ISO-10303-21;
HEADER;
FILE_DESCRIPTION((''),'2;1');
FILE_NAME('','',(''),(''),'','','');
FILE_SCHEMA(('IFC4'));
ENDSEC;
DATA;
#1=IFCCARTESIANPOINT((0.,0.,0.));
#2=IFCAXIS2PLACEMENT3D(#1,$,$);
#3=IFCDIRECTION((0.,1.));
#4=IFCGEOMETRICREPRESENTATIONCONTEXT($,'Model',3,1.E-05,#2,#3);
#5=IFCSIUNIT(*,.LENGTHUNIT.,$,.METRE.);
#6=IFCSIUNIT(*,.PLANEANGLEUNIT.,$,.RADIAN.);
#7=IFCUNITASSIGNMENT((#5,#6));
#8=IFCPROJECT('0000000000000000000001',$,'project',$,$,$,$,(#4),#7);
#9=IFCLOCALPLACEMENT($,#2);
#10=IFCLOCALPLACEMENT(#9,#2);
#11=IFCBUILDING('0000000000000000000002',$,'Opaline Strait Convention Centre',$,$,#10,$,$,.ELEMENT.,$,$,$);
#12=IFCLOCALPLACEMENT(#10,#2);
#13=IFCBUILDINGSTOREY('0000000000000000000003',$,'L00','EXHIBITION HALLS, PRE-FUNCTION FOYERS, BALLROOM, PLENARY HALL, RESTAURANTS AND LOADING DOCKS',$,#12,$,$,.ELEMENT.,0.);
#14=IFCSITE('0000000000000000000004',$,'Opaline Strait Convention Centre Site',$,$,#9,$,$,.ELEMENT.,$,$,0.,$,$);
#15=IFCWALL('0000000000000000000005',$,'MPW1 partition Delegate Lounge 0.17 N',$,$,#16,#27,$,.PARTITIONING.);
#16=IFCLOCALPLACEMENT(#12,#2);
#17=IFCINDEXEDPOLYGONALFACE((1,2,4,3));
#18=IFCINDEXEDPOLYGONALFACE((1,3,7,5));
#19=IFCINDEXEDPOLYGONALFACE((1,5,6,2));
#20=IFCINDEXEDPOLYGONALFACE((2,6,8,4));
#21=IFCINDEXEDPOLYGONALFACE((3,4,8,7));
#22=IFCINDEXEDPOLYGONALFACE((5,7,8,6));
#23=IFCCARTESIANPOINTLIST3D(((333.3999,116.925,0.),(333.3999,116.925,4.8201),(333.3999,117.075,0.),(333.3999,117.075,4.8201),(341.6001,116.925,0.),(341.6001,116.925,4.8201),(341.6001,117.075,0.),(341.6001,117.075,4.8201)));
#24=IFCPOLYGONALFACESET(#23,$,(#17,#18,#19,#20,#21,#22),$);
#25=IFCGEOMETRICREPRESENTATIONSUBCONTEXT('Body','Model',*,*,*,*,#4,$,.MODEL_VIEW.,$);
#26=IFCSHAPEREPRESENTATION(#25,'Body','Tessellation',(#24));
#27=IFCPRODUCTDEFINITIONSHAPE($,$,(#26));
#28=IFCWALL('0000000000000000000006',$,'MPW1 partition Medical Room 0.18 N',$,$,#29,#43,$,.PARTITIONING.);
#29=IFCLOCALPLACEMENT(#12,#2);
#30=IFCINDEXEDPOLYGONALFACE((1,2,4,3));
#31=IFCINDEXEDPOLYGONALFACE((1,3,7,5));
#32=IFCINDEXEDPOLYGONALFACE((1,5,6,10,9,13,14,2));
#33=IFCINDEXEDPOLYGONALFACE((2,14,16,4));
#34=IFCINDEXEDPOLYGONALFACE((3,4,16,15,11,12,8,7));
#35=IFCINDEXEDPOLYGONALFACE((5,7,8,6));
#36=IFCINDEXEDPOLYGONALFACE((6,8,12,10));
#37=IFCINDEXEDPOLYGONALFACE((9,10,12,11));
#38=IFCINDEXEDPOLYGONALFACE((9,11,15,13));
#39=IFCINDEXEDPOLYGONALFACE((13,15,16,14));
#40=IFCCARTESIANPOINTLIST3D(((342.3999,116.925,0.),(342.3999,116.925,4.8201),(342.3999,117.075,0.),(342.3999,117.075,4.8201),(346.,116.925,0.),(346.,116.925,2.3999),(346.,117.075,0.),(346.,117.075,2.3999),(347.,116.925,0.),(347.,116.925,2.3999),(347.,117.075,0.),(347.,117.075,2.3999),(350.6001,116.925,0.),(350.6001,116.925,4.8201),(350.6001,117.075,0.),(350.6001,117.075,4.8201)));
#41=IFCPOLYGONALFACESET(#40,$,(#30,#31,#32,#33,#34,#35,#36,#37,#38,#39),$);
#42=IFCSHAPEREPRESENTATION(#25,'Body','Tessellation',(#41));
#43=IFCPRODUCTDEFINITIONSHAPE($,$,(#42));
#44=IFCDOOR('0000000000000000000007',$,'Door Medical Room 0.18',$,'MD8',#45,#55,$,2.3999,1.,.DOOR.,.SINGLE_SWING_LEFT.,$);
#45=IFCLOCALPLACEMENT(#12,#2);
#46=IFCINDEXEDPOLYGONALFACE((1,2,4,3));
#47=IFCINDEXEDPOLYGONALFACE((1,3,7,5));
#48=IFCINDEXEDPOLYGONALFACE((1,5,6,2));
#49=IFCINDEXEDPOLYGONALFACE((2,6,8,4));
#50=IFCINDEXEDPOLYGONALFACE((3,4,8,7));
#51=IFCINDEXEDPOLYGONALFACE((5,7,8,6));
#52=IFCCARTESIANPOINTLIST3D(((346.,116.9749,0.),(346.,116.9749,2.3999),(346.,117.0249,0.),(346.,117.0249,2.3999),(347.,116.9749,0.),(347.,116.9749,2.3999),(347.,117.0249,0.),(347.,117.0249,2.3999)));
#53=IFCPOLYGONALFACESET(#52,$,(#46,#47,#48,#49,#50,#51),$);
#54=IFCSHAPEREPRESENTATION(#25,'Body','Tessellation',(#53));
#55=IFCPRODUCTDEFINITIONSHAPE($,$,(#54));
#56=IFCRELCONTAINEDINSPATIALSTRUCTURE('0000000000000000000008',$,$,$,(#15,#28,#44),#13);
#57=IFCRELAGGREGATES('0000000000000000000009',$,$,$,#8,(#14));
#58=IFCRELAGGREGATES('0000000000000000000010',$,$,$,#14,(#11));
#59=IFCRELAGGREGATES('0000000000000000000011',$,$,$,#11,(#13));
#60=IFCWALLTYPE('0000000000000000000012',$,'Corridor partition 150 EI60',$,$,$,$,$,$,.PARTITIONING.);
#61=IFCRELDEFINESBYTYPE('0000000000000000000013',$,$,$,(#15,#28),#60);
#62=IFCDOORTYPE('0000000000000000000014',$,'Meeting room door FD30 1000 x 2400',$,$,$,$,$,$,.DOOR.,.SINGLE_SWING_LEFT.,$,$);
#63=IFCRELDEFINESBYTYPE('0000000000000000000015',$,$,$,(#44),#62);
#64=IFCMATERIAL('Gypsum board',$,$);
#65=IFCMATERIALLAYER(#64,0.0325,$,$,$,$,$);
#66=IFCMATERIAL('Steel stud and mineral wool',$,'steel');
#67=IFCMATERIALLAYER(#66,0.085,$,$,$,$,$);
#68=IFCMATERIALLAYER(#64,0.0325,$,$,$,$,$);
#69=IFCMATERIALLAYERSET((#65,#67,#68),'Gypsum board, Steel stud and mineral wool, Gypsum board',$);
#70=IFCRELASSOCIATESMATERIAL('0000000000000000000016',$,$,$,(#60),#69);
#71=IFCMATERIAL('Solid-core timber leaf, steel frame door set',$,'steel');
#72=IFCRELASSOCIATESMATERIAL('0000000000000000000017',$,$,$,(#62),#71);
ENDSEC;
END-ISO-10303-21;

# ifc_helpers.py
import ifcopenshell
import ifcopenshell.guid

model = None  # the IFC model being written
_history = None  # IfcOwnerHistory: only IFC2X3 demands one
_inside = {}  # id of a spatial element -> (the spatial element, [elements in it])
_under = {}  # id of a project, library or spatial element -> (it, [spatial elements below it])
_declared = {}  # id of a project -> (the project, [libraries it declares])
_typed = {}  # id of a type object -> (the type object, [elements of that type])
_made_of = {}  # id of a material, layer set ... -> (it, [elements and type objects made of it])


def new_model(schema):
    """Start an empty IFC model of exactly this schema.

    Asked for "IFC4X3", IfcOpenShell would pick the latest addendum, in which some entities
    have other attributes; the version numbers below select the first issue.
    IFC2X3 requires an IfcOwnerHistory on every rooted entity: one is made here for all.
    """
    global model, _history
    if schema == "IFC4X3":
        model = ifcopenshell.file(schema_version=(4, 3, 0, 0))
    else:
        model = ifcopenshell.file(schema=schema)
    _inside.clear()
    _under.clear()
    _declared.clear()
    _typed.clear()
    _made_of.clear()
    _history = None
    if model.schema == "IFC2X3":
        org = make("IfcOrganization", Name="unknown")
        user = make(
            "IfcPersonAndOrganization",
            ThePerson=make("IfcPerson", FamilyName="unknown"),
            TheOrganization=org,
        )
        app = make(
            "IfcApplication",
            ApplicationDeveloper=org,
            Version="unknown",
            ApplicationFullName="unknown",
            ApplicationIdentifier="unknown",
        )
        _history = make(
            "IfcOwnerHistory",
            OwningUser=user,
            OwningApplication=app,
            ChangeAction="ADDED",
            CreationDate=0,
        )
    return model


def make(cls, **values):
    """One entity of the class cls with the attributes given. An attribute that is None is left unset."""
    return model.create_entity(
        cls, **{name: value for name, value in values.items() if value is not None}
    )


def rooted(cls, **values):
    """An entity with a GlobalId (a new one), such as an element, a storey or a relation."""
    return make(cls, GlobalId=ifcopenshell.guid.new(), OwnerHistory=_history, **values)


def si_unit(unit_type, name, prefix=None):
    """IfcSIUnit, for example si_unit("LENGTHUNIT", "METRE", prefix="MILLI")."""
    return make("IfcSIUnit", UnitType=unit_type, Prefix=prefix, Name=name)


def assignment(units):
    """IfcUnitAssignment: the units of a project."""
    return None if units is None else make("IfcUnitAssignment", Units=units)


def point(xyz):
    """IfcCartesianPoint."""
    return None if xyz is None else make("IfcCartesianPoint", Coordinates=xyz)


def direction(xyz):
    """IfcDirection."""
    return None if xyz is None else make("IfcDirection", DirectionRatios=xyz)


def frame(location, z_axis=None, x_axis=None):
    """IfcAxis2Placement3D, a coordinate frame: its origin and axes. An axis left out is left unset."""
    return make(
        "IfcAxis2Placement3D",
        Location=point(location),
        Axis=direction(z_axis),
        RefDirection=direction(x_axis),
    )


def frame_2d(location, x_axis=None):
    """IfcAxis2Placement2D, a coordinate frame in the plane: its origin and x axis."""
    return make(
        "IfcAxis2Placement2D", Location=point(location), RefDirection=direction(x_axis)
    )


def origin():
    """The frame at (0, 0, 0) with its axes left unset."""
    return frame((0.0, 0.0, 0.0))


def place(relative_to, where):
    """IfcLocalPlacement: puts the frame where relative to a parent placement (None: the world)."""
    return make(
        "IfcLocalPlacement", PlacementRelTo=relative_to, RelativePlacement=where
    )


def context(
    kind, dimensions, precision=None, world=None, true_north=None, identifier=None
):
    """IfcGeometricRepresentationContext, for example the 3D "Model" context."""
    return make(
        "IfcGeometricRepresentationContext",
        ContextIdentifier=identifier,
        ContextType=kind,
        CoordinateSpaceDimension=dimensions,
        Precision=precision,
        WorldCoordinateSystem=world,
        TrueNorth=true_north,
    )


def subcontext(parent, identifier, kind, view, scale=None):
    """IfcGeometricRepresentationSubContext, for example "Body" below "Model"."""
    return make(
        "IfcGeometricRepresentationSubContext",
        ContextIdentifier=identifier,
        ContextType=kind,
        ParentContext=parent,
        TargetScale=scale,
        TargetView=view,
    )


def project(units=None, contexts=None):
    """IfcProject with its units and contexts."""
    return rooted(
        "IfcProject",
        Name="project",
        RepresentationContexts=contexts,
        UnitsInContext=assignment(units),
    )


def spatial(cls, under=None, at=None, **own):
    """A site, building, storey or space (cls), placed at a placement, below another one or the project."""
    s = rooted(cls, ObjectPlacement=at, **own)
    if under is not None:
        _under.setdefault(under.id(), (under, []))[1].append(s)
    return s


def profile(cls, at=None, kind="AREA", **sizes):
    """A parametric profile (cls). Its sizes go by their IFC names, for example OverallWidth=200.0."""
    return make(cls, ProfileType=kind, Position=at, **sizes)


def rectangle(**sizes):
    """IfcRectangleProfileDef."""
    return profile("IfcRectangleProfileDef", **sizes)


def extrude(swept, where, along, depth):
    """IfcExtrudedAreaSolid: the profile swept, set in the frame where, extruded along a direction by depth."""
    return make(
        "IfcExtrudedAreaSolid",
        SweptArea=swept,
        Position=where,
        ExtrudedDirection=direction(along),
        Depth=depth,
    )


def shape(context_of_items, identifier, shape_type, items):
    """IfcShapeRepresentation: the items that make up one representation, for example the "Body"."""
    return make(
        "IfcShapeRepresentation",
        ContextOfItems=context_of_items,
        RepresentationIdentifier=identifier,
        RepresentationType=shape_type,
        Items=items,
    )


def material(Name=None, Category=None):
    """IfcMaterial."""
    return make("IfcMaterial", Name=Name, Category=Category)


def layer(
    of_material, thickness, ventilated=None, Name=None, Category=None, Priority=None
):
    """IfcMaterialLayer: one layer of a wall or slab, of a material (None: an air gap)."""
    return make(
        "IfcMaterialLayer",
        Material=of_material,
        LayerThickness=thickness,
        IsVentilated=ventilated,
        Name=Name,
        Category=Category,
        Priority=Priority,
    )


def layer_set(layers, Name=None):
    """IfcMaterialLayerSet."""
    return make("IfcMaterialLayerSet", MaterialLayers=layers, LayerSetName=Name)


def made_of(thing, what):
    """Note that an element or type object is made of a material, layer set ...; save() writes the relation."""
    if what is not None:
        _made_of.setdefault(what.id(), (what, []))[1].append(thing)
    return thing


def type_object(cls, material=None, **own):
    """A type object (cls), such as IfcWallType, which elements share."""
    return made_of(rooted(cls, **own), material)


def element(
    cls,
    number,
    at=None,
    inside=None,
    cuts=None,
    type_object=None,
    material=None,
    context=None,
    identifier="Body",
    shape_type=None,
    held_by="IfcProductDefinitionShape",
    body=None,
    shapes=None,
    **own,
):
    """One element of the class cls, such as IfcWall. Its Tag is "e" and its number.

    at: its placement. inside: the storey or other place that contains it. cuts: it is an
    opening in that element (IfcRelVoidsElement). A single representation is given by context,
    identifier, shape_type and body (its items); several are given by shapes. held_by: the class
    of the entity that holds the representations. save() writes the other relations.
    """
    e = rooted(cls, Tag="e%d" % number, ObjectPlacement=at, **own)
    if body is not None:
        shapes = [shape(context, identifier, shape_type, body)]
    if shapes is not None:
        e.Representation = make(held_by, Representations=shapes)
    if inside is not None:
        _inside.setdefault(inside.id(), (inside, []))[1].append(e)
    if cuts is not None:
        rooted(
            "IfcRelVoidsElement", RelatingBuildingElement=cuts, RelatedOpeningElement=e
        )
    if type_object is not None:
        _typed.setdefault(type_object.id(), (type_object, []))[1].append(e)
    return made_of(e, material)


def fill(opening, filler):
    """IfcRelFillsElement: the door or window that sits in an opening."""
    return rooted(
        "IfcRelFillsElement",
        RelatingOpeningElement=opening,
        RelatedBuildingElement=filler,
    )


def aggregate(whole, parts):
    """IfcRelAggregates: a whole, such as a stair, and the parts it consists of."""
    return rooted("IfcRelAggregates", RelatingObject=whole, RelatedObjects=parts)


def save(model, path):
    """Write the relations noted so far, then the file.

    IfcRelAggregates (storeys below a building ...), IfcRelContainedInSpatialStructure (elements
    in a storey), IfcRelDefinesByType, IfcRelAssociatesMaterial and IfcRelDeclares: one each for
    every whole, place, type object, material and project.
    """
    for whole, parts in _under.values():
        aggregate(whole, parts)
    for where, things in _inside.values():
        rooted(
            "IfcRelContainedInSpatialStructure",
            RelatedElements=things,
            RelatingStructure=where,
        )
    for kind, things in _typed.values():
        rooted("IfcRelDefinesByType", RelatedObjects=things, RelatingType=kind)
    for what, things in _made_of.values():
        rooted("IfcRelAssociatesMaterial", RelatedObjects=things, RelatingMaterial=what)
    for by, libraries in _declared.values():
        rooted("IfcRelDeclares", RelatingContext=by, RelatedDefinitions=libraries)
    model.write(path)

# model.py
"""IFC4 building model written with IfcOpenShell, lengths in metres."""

from ifc_helpers import new_model, si_unit, direction, frame, frame_2d, origin, place, context, subcontext, project, spatial, rectangle, extrude, material, layer, layer_set, type_object, element, fill, save


model = new_model("IFC4")

# Units and contexts
model_context = context("Model", 3, precision=1e-05, world=origin(), true_north=direction((0.0, 1.0)))
body_context = subcontext(model_context, "Body", "Model", "MODEL_VIEW")
ifc_project = project(units=[si_unit("LENGTHUNIT", "METRE"), si_unit("PLANEANGLEUNIT", "RADIAN")], contexts=[model_context])

# Site, building, storey
site_placement = place(None, origin())
site = spatial("IfcSite", under=ifc_project, at=site_placement, Name="Opaline Strait Convention Centre Site", CompositionType="ELEMENT", RefElevation=0.0)
building_placement = place(site_placement, origin())
building = spatial("IfcBuilding", under=site, at=building_placement, Name="Opaline Strait Convention Centre", CompositionType="ELEMENT")
storey_placement = place(building_placement, origin())
storey = spatial("IfcBuildingStorey", under=building, at=storey_placement, Name="L00", Description="EXHIBITION HALLS, PRE-FUNCTION FOYERS, BALLROOM, PLENARY HALL, RESTAURANTS AND LOADING DOCKS", CompositionType="ELEMENT", Elevation=0.0)

# Wall
ifc_material_1 = material(Name="Gypsum board")
ifc_layer_1 = layer(ifc_material_1, 0.0325)
ifc_material_2 = material(Name="Steel stud and mineral wool", Category="steel")
ifc_layer_2 = layer(ifc_material_2, 0.085)
ifc_layer_3 = layer(ifc_material_1, 0.0325)
ifc_layer_set = layer_set([ifc_layer_1, ifc_layer_2, ifc_layer_3], Name="Gypsum board, Steel stud and mineral wool, Gypsum board")
wall_type = type_object("IfcWallType", Name="Corridor partition 150 EI60", PredefinedType="PARTITIONING", material=ifc_layer_set)
wall_1_placement = place(storey_placement, frame((333.3999, 117.0, 0.0), z_axis=(0.0, 0.0, 1.0), x_axis=(1.0, 0.0, 0.0)))
element("IfcWall", 1, at=wall_1_placement, inside=storey, type_object=wall_type, Name="MPW1 partition Delegate Lounge 0.17 N", PredefinedType="PARTITIONING", context=body_context, shape_type="SweptSolid", body=[
    extrude(rectangle(XDim=8.2002, YDim=0.1499, at=frame_2d((4.1001, 0.0))), origin(), (0.0, 0.0, 1.0), 4.8201),
])

# Wall, opening, door
wall_2_placement = place(storey_placement, frame((342.3999, 117.0, 0.0), z_axis=(0.0, 0.0, 1.0), x_axis=(1.0, 0.0, 0.0)))
wall_2 = element("IfcWall", 2, at=wall_2_placement, inside=storey, type_object=wall_type, Name="MPW1 partition Medical Room 0.18 N", PredefinedType="PARTITIONING", context=body_context, shape_type="SweptSolid", body=[
    extrude(rectangle(XDim=8.2002, YDim=0.1499, at=frame_2d((4.1001, 0.0))), origin(), (0.0, 0.0, 1.0), 4.8201),
])
opening_placement = place(wall_2_placement, frame((3.6001, 0.0, 0.0)))
opening = element("IfcOpeningElement", 3, at=opening_placement, cuts=wall_2, PredefinedType="OPENING", context=body_context, shape_type="SweptSolid", body=[
    extrude(rectangle(XDim=1.0, YDim=2.3999, at=frame_2d((0.5, 1.2))), frame((0.0, 0.085, 0.0), z_axis=(0.0, -1.0, 0.0), x_axis=(1.0, 0.0, 0.0)), (0.0, 0.0, 1.0), 0.1699),
])
ifc_material_3 = material(Name="Solid-core timber leaf, steel frame door set", Category="steel")
door_type = type_object("IfcDoorType", Name="Meeting room door FD30 1000 x 2400", OperationType="SINGLE_SWING_LEFT", PredefinedType="DOOR", material=ifc_material_3)
door_placement = place(opening_placement, origin())
door = element("IfcDoor", 4, at=door_placement, inside=storey, type_object=door_type, Name="Door Medical Room 0.18", ObjectType="MD8", OperationType="SINGLE_SWING_LEFT", OverallHeight=2.3999, OverallWidth=1.0, PredefinedType="DOOR", context=body_context, shape_type="SweptSolid", body=[
    extrude(rectangle(XDim=1.0, YDim=2.3999, at=frame_2d((0.5, 1.2))), frame((0.0, 0.0249, 0.0), z_axis=(0.0, -1.0, 0.0), x_axis=(1.0, 0.0, 0.0)), (0.0, 0.0, 1.0), 0.05),
])
fill(opening, door)

save(model, "model.ifc")
